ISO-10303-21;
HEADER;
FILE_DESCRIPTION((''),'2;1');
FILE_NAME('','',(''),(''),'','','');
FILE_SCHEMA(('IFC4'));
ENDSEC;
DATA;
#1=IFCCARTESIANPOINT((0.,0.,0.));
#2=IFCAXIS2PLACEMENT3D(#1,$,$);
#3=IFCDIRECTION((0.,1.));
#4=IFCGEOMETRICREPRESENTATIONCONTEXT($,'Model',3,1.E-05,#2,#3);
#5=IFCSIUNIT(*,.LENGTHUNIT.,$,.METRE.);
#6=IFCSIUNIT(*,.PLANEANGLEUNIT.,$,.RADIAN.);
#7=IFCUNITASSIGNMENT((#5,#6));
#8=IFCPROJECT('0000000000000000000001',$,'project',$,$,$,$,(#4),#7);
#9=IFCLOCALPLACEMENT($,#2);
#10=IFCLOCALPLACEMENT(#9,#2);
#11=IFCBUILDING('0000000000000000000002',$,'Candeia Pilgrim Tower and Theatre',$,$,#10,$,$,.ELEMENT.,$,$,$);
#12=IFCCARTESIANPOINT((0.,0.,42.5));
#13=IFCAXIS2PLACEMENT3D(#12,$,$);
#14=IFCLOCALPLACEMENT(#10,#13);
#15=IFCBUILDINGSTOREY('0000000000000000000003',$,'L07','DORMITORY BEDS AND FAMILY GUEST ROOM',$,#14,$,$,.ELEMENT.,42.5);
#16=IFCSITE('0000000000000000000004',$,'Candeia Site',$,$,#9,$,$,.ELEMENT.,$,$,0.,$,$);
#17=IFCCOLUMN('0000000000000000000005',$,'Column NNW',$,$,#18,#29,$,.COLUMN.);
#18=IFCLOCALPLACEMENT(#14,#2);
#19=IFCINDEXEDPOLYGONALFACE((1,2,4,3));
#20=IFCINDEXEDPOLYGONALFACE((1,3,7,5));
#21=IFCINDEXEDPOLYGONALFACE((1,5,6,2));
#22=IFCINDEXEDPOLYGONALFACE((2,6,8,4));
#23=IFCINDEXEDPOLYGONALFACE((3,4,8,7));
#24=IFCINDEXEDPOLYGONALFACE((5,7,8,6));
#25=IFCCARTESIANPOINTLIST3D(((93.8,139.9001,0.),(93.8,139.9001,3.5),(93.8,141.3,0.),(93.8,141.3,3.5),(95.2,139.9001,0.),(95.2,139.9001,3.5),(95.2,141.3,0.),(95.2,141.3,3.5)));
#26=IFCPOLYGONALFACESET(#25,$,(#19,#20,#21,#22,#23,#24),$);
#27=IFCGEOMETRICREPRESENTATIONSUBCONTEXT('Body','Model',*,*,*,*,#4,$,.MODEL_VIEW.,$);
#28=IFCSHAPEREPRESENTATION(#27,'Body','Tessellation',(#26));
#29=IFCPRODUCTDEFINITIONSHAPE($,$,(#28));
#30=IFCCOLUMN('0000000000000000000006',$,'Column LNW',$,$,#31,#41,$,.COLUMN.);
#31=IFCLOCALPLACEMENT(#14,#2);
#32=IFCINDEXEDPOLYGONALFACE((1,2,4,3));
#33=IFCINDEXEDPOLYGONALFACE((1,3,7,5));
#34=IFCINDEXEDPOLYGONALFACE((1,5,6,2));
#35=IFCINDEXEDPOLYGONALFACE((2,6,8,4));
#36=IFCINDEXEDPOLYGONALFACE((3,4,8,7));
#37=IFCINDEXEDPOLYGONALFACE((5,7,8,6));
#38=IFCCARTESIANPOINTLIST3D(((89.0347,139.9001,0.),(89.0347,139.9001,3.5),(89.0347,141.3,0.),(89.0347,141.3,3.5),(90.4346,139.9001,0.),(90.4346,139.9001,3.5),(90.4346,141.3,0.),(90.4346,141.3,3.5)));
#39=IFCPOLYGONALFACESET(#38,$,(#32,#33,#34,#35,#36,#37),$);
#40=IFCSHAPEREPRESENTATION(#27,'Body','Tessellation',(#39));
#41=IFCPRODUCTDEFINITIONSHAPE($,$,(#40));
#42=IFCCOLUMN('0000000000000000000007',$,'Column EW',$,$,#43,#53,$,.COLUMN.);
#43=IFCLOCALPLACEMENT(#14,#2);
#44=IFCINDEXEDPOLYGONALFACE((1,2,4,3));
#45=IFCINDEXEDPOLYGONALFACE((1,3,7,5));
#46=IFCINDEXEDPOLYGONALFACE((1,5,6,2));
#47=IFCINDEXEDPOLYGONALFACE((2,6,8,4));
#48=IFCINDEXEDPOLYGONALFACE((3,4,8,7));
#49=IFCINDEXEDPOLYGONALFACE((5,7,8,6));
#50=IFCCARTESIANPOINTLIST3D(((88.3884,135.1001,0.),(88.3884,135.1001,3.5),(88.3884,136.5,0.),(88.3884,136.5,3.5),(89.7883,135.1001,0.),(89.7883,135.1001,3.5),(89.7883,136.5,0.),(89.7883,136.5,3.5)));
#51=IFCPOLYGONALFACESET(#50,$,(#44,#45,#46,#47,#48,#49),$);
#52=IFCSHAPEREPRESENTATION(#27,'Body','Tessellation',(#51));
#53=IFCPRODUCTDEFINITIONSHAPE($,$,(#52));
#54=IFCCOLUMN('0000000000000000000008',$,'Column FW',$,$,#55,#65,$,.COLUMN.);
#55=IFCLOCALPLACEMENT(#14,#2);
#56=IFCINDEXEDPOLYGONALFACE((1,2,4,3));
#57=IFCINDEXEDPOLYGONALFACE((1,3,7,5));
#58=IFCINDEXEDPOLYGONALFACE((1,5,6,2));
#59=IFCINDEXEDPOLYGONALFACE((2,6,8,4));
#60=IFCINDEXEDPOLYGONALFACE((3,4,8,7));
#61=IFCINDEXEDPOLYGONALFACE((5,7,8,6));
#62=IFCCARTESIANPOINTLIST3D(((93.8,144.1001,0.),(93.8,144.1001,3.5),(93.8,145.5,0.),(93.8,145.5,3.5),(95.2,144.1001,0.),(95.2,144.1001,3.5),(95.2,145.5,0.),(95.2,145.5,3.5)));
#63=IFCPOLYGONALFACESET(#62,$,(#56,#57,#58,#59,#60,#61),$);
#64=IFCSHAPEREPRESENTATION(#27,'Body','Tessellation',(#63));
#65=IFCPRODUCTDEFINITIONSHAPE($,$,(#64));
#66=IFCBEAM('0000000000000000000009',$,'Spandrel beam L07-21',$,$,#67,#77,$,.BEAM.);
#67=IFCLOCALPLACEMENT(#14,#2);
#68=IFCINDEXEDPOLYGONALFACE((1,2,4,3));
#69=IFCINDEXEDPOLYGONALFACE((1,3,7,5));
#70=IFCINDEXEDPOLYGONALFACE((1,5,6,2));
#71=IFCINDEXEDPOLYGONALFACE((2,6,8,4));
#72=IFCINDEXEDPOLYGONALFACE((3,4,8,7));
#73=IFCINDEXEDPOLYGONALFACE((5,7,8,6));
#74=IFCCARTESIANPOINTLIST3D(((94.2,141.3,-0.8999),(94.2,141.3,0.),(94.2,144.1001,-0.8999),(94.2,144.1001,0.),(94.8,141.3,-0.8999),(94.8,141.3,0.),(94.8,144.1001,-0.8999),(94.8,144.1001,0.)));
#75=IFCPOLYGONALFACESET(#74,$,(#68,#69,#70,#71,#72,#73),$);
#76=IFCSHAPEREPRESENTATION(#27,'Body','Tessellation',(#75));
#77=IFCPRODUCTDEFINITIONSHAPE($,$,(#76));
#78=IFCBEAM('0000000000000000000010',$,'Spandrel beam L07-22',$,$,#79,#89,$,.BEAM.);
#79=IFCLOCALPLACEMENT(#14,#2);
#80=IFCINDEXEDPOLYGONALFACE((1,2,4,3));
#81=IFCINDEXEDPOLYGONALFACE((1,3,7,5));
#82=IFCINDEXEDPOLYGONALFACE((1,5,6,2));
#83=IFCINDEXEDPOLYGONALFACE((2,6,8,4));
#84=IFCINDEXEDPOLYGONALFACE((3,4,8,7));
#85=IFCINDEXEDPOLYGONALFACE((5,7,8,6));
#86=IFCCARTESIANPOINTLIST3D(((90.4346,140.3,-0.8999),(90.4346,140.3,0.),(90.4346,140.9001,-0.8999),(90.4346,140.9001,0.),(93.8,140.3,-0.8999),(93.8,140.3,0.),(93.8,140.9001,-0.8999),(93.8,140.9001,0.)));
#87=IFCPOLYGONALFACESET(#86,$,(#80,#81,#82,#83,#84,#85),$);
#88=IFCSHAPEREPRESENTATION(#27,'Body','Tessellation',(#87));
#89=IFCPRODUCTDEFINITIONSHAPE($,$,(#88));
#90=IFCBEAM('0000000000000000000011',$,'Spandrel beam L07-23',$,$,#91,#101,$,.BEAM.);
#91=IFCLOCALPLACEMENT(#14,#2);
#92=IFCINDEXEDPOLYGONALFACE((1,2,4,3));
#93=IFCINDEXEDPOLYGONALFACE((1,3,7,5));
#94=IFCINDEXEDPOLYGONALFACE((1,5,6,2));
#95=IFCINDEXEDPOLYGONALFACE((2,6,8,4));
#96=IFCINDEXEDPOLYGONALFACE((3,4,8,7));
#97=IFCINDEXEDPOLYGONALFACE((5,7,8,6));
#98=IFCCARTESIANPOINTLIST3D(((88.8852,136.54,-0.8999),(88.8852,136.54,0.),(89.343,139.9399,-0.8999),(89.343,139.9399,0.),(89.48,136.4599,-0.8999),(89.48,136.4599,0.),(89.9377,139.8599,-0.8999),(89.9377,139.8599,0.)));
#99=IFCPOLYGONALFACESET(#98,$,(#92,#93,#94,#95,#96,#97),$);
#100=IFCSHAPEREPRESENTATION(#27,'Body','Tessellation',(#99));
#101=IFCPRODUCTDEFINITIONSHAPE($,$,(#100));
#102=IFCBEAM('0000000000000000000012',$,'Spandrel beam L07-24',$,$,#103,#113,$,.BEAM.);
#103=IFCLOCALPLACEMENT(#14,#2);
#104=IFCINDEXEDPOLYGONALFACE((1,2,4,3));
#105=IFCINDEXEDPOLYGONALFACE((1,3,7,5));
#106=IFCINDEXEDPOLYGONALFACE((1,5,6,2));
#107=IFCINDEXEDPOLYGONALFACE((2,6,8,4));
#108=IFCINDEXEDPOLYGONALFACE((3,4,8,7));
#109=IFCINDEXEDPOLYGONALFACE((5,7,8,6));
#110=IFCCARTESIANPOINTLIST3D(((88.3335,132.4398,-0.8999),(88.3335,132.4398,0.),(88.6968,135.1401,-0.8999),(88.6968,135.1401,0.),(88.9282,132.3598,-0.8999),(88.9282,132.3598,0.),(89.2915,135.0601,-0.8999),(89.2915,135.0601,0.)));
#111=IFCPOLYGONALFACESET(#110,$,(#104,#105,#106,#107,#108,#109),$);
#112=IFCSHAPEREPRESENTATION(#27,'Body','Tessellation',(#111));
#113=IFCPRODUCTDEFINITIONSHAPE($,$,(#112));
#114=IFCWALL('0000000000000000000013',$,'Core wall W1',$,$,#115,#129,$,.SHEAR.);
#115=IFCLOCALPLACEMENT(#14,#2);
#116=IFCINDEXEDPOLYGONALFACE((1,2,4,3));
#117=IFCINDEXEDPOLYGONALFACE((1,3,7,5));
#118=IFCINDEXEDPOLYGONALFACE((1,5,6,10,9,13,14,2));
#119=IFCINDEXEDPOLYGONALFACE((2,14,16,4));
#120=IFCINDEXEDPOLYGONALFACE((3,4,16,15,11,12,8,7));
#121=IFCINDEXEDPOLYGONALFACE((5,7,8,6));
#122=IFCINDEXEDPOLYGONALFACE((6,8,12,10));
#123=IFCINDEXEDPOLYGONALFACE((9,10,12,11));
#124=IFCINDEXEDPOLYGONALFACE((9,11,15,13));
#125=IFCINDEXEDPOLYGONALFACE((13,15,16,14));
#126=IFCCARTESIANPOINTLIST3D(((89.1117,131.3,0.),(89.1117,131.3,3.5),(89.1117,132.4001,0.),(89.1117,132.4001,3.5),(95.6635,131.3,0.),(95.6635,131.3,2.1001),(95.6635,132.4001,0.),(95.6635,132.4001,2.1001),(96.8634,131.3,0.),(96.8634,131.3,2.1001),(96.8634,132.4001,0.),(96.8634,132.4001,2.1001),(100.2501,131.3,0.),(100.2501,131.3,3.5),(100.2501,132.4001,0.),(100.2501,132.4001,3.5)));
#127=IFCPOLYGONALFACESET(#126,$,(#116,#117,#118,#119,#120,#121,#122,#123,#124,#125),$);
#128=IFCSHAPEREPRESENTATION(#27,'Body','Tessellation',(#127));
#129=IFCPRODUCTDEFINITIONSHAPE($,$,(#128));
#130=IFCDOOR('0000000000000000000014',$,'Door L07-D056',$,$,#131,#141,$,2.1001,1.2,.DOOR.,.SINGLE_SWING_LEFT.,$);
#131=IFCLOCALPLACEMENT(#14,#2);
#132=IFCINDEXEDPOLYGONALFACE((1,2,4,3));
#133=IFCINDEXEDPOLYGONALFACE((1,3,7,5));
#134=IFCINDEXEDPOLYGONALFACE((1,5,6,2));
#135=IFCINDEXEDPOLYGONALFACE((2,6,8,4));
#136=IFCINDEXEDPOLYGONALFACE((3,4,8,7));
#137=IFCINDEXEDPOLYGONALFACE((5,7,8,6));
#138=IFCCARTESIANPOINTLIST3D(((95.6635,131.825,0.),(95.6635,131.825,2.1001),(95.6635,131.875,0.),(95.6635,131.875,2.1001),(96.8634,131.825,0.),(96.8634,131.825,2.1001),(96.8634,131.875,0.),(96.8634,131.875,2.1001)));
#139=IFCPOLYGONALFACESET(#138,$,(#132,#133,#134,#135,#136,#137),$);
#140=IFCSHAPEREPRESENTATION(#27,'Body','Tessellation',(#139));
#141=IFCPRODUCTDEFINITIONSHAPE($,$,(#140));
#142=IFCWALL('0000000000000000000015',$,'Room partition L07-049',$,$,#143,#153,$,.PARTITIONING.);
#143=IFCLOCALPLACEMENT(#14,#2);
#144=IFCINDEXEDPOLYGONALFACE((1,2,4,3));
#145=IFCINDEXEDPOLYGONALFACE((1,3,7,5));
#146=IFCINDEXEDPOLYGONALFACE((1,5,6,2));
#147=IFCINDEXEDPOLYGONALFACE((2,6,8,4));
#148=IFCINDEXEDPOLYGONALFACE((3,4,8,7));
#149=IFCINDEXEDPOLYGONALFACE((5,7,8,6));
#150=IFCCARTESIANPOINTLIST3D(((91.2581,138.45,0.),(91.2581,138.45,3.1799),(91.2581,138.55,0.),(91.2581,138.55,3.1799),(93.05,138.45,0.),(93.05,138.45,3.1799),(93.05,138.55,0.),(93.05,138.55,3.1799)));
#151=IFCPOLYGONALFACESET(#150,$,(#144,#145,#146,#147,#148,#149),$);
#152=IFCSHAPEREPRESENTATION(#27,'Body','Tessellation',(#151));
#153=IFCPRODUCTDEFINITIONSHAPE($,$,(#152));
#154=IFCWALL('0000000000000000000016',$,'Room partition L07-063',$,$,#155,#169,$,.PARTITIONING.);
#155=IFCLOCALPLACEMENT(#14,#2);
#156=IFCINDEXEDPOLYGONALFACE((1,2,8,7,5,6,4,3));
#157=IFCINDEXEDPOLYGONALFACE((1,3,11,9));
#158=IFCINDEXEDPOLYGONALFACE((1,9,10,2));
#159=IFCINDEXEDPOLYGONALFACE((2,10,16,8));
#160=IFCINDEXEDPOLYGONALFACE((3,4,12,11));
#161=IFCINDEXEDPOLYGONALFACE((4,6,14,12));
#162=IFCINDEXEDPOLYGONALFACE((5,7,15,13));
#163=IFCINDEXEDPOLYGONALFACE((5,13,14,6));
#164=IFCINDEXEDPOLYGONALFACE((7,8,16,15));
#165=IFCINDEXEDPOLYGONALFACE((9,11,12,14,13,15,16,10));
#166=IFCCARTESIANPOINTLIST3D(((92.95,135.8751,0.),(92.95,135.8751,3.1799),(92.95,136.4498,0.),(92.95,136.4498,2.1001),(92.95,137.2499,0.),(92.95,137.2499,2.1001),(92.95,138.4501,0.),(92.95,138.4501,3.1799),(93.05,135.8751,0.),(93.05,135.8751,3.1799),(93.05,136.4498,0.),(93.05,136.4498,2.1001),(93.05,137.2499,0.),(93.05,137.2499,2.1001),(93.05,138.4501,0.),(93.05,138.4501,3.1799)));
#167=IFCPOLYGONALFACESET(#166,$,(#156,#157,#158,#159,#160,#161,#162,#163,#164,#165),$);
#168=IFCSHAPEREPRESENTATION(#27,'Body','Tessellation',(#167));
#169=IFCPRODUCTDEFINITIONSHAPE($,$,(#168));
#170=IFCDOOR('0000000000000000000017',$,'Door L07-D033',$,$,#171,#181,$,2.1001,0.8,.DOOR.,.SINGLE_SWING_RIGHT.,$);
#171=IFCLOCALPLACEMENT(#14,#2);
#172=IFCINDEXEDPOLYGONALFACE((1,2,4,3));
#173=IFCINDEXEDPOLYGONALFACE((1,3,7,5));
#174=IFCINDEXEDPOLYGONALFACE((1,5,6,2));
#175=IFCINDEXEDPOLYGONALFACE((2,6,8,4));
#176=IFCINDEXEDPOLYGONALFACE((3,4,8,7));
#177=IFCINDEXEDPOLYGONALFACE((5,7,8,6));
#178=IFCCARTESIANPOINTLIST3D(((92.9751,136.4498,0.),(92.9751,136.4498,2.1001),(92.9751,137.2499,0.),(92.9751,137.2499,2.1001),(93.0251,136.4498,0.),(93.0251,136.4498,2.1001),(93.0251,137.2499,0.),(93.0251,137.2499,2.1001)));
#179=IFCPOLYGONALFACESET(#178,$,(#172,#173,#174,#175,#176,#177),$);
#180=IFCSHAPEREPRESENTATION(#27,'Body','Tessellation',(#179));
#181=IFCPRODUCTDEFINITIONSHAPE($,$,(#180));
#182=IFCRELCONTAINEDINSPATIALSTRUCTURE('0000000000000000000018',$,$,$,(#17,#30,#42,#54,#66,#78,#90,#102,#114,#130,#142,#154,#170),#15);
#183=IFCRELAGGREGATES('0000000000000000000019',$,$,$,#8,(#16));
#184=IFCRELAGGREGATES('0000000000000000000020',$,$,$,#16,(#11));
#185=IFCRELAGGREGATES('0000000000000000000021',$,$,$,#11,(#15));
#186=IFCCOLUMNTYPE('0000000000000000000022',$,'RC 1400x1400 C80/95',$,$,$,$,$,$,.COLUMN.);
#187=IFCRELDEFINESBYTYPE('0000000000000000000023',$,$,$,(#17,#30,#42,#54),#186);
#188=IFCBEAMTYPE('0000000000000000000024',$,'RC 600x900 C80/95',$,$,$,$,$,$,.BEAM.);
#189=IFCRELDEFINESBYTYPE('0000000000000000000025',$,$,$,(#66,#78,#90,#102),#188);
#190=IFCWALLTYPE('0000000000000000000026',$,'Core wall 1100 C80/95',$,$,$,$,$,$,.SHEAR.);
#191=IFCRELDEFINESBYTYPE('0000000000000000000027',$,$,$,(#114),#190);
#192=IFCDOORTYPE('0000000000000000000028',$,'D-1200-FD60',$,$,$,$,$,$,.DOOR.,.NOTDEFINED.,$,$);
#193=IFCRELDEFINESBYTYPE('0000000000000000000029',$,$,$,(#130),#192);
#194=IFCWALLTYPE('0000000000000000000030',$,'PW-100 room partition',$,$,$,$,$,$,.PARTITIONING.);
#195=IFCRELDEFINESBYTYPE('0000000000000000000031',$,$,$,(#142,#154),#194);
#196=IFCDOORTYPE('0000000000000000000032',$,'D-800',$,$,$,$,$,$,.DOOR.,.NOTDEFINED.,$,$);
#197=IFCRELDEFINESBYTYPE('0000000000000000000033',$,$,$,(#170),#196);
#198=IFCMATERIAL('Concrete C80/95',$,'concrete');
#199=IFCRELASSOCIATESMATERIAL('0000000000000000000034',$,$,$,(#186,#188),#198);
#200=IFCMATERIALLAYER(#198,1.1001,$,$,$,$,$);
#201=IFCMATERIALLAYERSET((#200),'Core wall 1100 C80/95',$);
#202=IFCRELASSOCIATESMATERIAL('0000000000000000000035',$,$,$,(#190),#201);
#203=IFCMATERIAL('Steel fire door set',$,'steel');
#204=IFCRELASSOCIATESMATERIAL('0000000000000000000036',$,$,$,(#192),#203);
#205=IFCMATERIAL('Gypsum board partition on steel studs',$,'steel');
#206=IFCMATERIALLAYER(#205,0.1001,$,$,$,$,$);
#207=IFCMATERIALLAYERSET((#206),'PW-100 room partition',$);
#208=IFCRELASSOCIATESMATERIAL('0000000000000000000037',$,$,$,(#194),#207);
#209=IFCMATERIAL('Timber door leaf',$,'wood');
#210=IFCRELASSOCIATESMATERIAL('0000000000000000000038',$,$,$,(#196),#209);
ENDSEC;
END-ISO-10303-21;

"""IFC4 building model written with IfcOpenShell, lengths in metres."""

from ifc_helpers import new_model, si_unit, direction, frame, frame_2d, origin, origin_2d, place, context, subcontext, project, spatial, rectangle, extrude, material, layer, layer_set, material_profile, profile_set, type_object, element, fill, save


model = new_model("IFC4")

# Units and contexts
model_context = context("Model", 3, precision=1e-05, world=origin(), true_north=direction((0.0, 1.0)))
body_context = subcontext(model_context, "Body", "Model", "MODEL_VIEW")
ifc_project = project(units=[si_unit("LENGTHUNIT", "METRE"), si_unit("PLANEANGLEUNIT", "RADIAN")], contexts=[model_context])

# Site, building, storey
site_placement = place(None, origin())
site = spatial("IfcSite", under=ifc_project, at=site_placement, Name="Candeia Site", CompositionType="ELEMENT", RefElevation=0.0)
building_placement = place(site_placement, origin())
building = spatial("IfcBuilding", under=site, at=building_placement, Name="Candeia Pilgrim Tower and Theatre", CompositionType="ELEMENT")
storey_placement = place(building_placement, frame((0.0, 0.0, 42.5)))
storey = spatial("IfcBuildingStorey", under=building, at=storey_placement, Name="L07", Description="DORMITORY BEDS AND FAMILY GUEST ROOM", CompositionType="ELEMENT", Elevation=42.5)

# Columns
ifc_material_1 = material(Name="Concrete C80/95", Category="concrete")
ifc_material_profile_1 = material_profile(ifc_material_1, rectangle(XDim=1.3999, YDim=1.3999, at=origin_2d()))
ifc_profile_set_1 = profile_set([ifc_material_profile_1], Name="Concrete C80/95")
column_type = type_object("IfcColumnType", Name="RC 1400x1400 C80/95", PredefinedType="COLUMN", material=ifc_profile_set_1)
for number, where, z_axis, x_axis, name in (
    (1, (94.5, 140.6001, 0.0), (0.0, 0.0, 1.0), (1.0, 0.0, 0.0), "Column NNW"),
    (2, (89.7346, 140.6001, 0.0), (0.0, 0.0, 1.0), (1.0, 0.0, 0.0), "Column LNW"),
    (3, (89.0884, 135.8, 0.0), (0.0, 0.0, 1.0), (1.0, 0.0, 0.0), "Column EW"),
    (4, (94.5, 144.8, 0.0), (0.0, 0.0, 1.0), (1.0, 0.0, 0.0), "Column FW"),
):
    element("IfcColumn", number, at=place(storey_placement, frame(where, z_axis=z_axis, x_axis=x_axis)), inside=storey, type_object=column_type, Name=name, PredefinedType="COLUMN", context=body_context, shape_type="SweptSolid", body=[
        extrude(rectangle(XDim=1.3999, YDim=1.3999, at=origin_2d()), origin(), (0.0, 0.0, 1.0), 3.5),
    ])

# Beams
ifc_material_profile_2 = material_profile(ifc_material_1, rectangle(XDim=0.6001, YDim=0.8999, at=origin_2d()))
ifc_profile_set_2 = profile_set([ifc_material_profile_2], Name="Concrete C80/95")
beam_type = type_object("IfcBeamType", Name="RC 600x900 C80/95", PredefinedType="BEAM", material=ifc_profile_set_2)
beam_1_placement = place(storey_placement, frame((94.5, 144.1001, -0.45), z_axis=(0.0, -1.0, 0.0), x_axis=(1.0, 0.0, 0.0)))
element("IfcBeam", 5, at=beam_1_placement, inside=storey, type_object=beam_type, Name="Spandrel beam L07-21", PredefinedType="BEAM", context=body_context, shape_type="SweptSolid", body=[
    extrude(rectangle(XDim=0.6001, YDim=0.8999, at=origin_2d()), origin(), (0.0, 0.0, 1.0), 2.8),
])
beam_2_placement = place(storey_placement, frame((93.8, 140.6001, -0.45), z_axis=(-1.0, 0.0, 0.0), x_axis=(0.0, -1.0, 0.0)))
element("IfcBeam", 6, at=beam_2_placement, inside=storey, type_object=beam_type, Name="Spandrel beam L07-22", PredefinedType="BEAM", context=body_context, shape_type="SweptSolid", body=[
    extrude(rectangle(XDim=0.6001, YDim=0.8999, at=origin_2d()), origin(), (0.0, 0.0, 1.0), 3.3655),
])
beam_3_placement = place(storey_placement, frame((89.6404, 139.8999, -0.45), z_axis=(-0.133436, -0.991057, 0.0), x_axis=(0.991057, -0.133436, 0.0)))
element("IfcBeam", 7, at=beam_3_placement, inside=storey, type_object=beam_type, Name="Spandrel beam L07-23", PredefinedType="BEAM", context=body_context, shape_type="SweptSolid", body=[
    extrude(rectangle(XDim=0.6001, YDim=0.8999, at=origin_2d()), origin(), (0.0, 0.0, 1.0), 3.4307),
])
beam_4_placement = place(storey_placement, frame((88.9941, 135.1001, -0.45), z_axis=(-0.133338, -0.991071, 0.0), x_axis=(0.991071, -0.133338, 0.0)))
element("IfcBeam", 8, at=beam_4_placement, inside=storey, type_object=beam_type, Name="Spandrel beam L07-24", PredefinedType="BEAM", context=body_context, shape_type="SweptSolid", body=[
    extrude(rectangle(XDim=0.6001, YDim=0.8999, at=origin_2d()), origin(), (0.0, 0.0, 1.0), 2.7246),
])

# Wall, opening, door
ifc_layer_1 = layer(ifc_material_1, 1.1001)
ifc_layer_set_1 = layer_set([ifc_layer_1], Name="Core wall 1100 C80/95")
wall_type_1 = type_object("IfcWallType", Name="Core wall 1100 C80/95", PredefinedType="SHEAR", material=ifc_layer_set_1)
wall_1_placement = place(storey_placement, frame((89.1116, 131.8501, 0.0), z_axis=(0.0, 0.0, 1.0), x_axis=(1.0, 0.0, 0.0)))
wall_1 = element("IfcWall", 9, at=wall_1_placement, inside=storey, type_object=wall_type_1, Name="Core wall W1", PredefinedType="SHEAR", context=body_context, shape_type="SweptSolid", body=[
    extrude(rectangle(XDim=11.1384, YDim=1.1001, at=frame_2d((5.5693, 0.0))), origin(), (0.0, 0.0, 1.0), 3.5),
])
opening_1_placement = place(wall_1_placement, frame((6.5518, 0.0, 0.0)))
opening_1 = element("IfcOpeningElement", 10, at=opening_1_placement, cuts=wall_1, PredefinedType="OPENING", context=body_context, shape_type="SweptSolid", body=[
    extrude(rectangle(XDim=1.2, YDim=2.1001, at=frame_2d((0.6001, 1.05))), frame((0.0, 0.5601, 0.0), z_axis=(0.0, -1.0, 0.0), x_axis=(1.0, 0.0, 0.0)), (0.0, 0.0, 1.0), 1.1201),
])
ifc_material_2 = material(Name="Steel fire door set", Category="steel")
door_type_1 = type_object("IfcDoorType", Name="D-1200-FD60", OperationType="NOTDEFINED", PredefinedType="DOOR", material=ifc_material_2)
door_1_placement = place(opening_1_placement, origin())
door_1 = element("IfcDoor", 11, at=door_1_placement, inside=storey, type_object=door_type_1, Name="Door L07-D056", OperationType="SINGLE_SWING_LEFT", OverallHeight=2.1001, OverallWidth=1.2, PredefinedType="DOOR", context=body_context, shape_type="SweptSolid", body=[
    extrude(rectangle(XDim=1.2, YDim=2.1001, at=frame_2d((0.6001, 1.05))), frame((0.0, 0.0249, 0.0), z_axis=(0.0, -1.0, 0.0), x_axis=(1.0, 0.0, 0.0)), (0.0, 0.0, 1.0), 0.05),
])
fill(opening_1, door_1)

# Wall
ifc_material_3 = material(Name="Gypsum board partition on steel studs", Category="steel")
ifc_layer_2 = layer(ifc_material_3, 0.1001)
ifc_layer_set_2 = layer_set([ifc_layer_2], Name="PW-100 room partition")
wall_type_2 = type_object("IfcWallType", Name="PW-100 room partition", PredefinedType="PARTITIONING", material=ifc_layer_set_2)
wall_2_placement = place(storey_placement, frame((91.2581, 138.5, 0.0), z_axis=(0.0, 0.0, 1.0), x_axis=(1.0, 0.0, 0.0)))
element("IfcWall", 12, at=wall_2_placement, inside=storey, type_object=wall_type_2, Name="Room partition L07-049", PredefinedType="PARTITIONING", context=body_context, shape_type="SweptSolid", body=[
    extrude(rectangle(XDim=1.792, YDim=0.1001, at=frame_2d((0.896, 0.0))), origin(), (0.0, 0.0, 1.0), 3.1799),
])

# Wall, opening, door
wall_3_placement = place(storey_placement, frame((93.0, 135.875, 0.0), z_axis=(0.0, 0.0, 1.0), x_axis=(0.0, 1.0, 0.0)))
wall_3 = element("IfcWall", 13, at=wall_3_placement, inside=storey, type_object=wall_type_2, Name="Room partition L07-063", PredefinedType="PARTITIONING", context=body_context, shape_type="SweptSolid", body=[
    extrude(rectangle(XDim=2.575, YDim=0.1001, at=frame_2d((1.2876, 0.0))), origin(), (0.0, 0.0, 1.0), 3.1799),
])
opening_2_placement = place(wall_3_placement, frame((0.575, 0.0, 0.0)))
opening_2 = element("IfcOpeningElement", 14, at=opening_2_placement, cuts=wall_3, PredefinedType="OPENING", context=body_context, shape_type="SweptSolid", body=[
    extrude(rectangle(XDim=0.8, YDim=2.1001, at=frame_2d((0.3999, 1.05))), frame((0.0, 0.0601, 0.0), z_axis=(0.0, -1.0, 0.0), x_axis=(1.0, 0.0, 0.0)), (0.0, 0.0, 1.0), 0.1201),
])
ifc_material_4 = material(Name="Timber door leaf", Category="wood")
door_type_2 = type_object("IfcDoorType", Name="D-800", OperationType="NOTDEFINED", PredefinedType="DOOR", material=ifc_material_4)
door_2_placement = place(opening_2_placement, origin())
door_2 = element("IfcDoor", 15, at=door_2_placement, inside=storey, type_object=door_type_2, Name="Door L07-D033", OperationType="SINGLE_SWING_RIGHT", OverallHeight=2.1001, OverallWidth=0.8, PredefinedType="DOOR", context=body_context, shape_type="SweptSolid", body=[
    extrude(rectangle(XDim=0.8, YDim=2.1001, at=frame_2d((0.3999, 1.05))), frame((0.0, 0.0249, 0.0), z_axis=(0.0, -1.0, 0.0), x_axis=(1.0, 0.0, 0.0)), (0.0, 0.0, 1.0), 0.05),
])
fill(opening_2, door_2)

save(model, "model.ifc")
